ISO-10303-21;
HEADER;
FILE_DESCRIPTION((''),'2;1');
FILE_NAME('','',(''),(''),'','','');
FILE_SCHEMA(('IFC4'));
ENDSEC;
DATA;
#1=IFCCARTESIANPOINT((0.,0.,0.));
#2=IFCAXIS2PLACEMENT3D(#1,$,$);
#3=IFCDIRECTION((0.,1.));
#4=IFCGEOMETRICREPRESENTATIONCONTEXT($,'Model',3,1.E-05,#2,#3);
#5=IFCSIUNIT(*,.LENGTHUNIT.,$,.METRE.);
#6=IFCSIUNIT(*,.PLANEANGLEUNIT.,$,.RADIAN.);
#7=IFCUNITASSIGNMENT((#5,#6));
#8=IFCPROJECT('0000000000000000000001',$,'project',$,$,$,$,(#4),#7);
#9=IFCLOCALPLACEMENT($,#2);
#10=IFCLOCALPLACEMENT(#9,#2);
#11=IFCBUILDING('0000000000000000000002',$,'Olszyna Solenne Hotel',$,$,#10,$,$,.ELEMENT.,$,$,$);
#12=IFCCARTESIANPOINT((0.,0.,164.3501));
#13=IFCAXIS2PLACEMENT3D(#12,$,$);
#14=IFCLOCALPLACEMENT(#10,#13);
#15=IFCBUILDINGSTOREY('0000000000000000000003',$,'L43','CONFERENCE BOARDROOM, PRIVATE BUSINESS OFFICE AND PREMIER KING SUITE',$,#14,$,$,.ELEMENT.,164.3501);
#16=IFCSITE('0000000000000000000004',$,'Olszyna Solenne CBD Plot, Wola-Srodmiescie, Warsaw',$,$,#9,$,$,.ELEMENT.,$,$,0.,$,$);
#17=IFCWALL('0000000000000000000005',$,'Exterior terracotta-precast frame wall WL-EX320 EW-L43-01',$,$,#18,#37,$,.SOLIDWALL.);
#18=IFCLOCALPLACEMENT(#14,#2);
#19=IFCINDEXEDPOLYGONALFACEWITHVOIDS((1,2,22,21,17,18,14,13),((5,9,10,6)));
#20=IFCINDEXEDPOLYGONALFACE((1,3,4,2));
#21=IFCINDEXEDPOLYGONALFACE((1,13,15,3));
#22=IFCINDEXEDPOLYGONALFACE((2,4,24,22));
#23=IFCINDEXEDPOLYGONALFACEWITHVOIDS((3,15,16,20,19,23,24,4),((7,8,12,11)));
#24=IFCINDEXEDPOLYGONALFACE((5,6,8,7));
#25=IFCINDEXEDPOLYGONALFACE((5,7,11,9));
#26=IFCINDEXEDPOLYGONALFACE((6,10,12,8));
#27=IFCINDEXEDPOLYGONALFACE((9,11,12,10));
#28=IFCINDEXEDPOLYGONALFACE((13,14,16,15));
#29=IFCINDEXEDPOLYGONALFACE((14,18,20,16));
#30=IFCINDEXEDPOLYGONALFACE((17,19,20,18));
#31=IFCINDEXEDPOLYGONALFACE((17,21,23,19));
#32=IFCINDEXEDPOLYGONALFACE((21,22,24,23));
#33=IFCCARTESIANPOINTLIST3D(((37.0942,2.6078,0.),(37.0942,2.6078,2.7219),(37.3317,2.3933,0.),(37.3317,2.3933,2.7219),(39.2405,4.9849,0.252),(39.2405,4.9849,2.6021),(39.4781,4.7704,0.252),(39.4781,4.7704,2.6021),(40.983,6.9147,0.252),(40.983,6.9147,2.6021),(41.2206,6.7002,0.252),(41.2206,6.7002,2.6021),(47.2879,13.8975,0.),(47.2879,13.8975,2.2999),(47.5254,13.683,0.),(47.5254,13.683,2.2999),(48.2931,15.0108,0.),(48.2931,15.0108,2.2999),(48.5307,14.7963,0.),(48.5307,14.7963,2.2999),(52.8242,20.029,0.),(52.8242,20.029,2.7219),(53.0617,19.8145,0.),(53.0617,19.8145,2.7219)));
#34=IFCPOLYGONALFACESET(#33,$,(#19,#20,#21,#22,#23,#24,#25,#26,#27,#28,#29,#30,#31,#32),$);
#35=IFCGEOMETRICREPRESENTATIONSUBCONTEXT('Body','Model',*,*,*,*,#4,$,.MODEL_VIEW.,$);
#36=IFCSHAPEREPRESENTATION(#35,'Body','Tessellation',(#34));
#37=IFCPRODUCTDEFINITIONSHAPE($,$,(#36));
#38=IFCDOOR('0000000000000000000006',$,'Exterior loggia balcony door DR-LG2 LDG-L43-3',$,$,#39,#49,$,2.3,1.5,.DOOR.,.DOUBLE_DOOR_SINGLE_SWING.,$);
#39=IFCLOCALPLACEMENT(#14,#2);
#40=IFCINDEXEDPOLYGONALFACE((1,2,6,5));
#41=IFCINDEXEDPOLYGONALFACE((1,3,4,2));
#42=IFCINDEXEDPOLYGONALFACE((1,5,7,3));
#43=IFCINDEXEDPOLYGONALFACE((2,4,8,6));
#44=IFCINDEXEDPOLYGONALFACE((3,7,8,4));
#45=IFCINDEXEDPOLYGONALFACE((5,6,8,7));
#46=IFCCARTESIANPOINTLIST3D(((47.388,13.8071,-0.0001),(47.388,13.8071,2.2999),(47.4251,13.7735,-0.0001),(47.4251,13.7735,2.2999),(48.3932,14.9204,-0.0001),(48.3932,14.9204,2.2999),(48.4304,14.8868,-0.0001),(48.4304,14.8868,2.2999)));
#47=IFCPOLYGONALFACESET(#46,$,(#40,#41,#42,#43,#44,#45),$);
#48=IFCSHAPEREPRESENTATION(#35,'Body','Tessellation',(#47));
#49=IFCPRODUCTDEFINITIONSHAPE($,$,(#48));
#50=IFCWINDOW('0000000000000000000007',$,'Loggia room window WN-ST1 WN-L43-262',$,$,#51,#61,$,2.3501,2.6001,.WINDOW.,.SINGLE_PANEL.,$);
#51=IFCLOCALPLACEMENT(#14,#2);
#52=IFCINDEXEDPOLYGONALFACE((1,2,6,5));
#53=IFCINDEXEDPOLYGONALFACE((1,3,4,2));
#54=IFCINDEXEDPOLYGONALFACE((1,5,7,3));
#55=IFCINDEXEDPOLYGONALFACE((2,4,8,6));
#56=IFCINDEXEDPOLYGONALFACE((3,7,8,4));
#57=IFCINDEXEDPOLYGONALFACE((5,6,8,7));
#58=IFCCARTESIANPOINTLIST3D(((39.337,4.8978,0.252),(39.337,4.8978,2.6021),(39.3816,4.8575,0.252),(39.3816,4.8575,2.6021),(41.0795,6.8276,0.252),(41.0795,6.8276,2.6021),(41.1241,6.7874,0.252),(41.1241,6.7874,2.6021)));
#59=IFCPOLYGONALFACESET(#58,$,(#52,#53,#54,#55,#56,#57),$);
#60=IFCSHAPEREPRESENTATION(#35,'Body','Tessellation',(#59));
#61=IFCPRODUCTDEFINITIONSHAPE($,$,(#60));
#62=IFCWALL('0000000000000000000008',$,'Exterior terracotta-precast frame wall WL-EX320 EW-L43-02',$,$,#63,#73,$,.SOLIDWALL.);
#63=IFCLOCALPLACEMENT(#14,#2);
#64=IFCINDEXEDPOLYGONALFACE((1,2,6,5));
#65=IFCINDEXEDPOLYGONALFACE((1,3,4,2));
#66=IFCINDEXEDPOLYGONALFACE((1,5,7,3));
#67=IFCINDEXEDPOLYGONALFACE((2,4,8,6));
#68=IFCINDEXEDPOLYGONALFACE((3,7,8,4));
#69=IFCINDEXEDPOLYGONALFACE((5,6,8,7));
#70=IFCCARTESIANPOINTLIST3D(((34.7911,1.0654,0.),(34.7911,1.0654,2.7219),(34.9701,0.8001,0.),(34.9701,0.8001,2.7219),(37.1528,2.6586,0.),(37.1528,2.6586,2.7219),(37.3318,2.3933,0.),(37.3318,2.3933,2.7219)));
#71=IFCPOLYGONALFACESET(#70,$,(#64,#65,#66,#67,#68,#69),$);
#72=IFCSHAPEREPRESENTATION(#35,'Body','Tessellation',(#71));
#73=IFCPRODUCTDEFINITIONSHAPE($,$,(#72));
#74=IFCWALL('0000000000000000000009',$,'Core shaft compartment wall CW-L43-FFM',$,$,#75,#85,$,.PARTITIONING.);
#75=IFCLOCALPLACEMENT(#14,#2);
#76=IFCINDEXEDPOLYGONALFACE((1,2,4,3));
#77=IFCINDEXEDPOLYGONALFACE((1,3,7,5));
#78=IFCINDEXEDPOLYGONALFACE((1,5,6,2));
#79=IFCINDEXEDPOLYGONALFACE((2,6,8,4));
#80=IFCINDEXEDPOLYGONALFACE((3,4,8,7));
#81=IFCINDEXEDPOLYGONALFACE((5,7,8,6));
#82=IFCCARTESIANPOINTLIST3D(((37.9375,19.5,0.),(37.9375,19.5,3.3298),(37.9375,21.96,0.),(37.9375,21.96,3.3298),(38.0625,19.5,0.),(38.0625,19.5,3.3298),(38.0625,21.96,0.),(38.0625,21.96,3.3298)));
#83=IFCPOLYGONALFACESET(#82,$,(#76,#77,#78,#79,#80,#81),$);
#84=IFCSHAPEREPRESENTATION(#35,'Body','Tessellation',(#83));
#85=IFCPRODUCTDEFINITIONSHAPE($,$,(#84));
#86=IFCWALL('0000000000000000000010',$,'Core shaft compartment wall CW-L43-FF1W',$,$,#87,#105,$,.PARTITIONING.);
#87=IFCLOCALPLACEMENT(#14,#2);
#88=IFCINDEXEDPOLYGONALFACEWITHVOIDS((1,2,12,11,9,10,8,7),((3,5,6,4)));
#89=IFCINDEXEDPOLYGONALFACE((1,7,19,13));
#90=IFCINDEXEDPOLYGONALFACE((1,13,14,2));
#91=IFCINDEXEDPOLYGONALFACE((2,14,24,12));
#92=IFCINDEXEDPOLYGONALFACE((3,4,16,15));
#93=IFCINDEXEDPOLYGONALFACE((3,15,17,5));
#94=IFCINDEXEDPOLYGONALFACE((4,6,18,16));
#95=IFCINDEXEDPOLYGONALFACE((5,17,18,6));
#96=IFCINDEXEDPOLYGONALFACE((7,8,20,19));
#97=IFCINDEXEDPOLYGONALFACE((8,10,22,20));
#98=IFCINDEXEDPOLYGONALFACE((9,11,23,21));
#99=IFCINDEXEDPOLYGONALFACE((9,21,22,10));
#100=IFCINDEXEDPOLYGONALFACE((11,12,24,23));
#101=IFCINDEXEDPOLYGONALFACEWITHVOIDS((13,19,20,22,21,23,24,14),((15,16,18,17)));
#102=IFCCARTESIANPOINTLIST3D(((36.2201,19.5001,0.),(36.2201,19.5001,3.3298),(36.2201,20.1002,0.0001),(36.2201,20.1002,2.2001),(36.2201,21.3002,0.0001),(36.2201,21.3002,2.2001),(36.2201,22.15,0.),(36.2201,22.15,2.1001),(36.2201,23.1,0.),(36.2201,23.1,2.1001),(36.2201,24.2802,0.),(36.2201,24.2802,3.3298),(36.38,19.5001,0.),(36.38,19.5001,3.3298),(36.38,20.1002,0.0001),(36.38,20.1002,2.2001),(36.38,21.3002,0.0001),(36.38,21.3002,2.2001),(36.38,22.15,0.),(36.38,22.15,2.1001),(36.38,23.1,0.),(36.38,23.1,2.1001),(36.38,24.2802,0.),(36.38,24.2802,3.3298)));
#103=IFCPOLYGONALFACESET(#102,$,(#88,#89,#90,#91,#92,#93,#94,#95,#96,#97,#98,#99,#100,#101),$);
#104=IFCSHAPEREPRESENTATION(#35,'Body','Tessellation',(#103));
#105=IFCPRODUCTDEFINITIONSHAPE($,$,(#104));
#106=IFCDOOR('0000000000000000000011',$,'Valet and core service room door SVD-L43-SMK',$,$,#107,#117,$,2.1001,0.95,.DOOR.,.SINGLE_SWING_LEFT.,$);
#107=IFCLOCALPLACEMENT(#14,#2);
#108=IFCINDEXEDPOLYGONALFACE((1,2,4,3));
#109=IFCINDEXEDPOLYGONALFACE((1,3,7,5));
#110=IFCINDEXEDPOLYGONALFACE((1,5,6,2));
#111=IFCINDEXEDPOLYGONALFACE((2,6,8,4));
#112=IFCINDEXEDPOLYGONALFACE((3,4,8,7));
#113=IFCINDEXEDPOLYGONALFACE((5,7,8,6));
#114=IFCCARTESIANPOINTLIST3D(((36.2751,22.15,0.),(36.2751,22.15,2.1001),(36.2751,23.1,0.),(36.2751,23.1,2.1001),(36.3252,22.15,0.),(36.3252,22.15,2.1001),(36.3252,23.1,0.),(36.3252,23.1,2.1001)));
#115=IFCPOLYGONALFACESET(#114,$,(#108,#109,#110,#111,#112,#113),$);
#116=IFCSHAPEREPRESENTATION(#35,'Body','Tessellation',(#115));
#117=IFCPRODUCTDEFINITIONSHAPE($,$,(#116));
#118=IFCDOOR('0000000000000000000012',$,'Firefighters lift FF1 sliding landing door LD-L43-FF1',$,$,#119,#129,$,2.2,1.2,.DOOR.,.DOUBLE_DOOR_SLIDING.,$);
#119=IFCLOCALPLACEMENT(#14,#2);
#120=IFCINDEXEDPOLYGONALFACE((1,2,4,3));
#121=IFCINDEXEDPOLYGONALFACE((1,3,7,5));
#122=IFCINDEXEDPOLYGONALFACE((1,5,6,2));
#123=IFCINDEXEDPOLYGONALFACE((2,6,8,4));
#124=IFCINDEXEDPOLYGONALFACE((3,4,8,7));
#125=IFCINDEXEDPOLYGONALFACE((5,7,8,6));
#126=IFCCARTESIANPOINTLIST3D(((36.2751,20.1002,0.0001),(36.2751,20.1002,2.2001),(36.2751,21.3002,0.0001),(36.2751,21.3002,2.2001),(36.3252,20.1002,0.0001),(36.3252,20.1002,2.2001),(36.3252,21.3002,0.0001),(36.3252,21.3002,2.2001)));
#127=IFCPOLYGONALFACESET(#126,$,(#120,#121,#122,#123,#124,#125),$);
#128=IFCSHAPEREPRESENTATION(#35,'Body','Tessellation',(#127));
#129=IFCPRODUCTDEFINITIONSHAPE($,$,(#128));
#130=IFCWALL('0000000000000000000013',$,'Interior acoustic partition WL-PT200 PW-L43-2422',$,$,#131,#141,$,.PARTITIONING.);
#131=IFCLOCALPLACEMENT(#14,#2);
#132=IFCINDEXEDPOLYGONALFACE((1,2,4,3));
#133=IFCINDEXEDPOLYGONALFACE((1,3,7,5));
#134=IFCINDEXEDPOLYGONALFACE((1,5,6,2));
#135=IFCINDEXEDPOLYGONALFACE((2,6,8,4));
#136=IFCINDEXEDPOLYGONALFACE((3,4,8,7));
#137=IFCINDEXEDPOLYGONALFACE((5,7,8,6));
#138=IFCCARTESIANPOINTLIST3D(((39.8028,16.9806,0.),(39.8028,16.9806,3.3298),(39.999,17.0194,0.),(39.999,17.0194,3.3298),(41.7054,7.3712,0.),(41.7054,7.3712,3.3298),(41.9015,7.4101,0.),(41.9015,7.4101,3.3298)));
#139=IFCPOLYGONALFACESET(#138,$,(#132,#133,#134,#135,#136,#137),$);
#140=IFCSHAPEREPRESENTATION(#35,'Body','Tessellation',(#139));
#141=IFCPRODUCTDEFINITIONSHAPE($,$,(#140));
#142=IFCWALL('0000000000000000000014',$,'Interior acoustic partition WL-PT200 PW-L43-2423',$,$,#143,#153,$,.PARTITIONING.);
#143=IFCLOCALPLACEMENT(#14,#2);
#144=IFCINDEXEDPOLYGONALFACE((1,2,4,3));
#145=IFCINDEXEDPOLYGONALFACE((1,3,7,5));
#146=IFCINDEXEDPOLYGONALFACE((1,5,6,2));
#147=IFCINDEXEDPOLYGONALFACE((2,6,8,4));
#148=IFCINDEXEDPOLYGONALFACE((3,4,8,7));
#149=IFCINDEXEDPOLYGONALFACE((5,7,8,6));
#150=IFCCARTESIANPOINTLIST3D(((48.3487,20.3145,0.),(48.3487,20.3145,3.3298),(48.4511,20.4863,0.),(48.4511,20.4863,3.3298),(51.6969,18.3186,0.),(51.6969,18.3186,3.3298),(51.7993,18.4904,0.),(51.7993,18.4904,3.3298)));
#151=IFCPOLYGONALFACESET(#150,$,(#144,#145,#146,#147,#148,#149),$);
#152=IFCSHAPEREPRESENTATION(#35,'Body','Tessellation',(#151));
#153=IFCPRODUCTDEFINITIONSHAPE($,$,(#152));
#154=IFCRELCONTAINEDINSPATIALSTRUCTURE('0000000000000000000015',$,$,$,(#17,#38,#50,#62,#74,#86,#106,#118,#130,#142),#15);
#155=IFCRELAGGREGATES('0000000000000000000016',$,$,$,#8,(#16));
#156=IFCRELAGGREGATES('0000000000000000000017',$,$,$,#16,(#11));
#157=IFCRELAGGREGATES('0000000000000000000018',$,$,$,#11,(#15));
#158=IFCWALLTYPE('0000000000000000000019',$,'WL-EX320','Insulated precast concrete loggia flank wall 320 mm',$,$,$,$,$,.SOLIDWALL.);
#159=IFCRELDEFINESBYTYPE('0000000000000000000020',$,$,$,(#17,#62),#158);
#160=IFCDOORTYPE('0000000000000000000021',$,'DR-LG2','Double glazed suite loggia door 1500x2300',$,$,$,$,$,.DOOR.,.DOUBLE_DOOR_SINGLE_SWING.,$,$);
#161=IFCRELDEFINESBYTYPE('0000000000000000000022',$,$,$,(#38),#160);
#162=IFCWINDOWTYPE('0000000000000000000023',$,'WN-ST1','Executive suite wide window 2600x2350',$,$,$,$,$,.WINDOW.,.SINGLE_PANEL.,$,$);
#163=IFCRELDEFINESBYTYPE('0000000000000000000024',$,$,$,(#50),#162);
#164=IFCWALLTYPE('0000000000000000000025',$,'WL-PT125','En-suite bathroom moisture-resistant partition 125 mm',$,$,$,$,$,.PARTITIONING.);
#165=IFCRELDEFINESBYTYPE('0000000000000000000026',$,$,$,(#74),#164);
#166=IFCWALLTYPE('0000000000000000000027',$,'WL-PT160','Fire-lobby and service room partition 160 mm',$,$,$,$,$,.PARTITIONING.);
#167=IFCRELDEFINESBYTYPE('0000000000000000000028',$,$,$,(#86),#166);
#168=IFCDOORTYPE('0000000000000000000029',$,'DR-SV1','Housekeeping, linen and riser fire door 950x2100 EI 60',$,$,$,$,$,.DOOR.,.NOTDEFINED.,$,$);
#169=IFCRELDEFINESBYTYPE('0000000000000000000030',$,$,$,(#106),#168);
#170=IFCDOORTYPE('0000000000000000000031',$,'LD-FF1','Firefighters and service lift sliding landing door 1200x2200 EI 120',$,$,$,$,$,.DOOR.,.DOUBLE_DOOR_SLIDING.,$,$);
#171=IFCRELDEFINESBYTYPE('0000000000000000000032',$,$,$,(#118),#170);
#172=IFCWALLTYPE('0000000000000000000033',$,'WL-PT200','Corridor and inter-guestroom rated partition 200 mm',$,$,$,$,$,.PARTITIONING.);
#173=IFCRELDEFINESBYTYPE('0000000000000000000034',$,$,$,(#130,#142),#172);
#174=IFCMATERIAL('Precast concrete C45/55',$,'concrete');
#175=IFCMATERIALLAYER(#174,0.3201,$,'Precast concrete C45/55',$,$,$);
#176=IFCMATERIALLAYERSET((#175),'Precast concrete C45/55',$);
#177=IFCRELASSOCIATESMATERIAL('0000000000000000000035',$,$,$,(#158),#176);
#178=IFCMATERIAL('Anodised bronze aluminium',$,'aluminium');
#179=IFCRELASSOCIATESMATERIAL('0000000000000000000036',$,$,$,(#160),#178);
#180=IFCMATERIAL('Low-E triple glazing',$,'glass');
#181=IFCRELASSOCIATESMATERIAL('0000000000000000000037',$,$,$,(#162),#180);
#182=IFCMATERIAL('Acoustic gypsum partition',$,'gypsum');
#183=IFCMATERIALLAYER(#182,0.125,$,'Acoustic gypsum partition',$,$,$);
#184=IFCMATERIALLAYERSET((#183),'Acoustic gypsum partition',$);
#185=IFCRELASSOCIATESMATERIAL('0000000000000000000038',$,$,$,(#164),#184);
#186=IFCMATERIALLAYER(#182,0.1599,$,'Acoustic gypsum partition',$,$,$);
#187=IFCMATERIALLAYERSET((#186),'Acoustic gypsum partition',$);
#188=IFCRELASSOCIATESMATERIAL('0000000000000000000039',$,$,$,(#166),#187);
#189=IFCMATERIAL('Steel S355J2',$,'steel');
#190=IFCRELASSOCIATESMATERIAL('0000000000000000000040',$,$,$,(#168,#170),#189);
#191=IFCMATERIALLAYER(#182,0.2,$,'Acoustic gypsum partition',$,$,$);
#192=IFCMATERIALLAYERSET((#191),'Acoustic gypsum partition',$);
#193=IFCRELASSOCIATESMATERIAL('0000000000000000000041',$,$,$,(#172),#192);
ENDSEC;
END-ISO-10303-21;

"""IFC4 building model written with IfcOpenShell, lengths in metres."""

from ifc_helpers import new_model, si_unit, direction, frame, frame_2d, origin, place, context, subcontext, project, spatial, rectangle, extrude, source, transform, mapped, material, layer, layer_set, type_object, type_shapes, element, fill, save


model = new_model("IFC4")

# Units and contexts
model_context = context("Model", 3, precision=1e-05, world=origin(), true_north=direction((0.0, 1.0)))
body_context = subcontext(model_context, "Body", "Model", "MODEL_VIEW")
ifc_project = project(units=[si_unit("LENGTHUNIT", "METRE"), si_unit("PLANEANGLEUNIT", "RADIAN")], contexts=[model_context])

# Site, building, storey
site_placement = place(None, origin())
site = spatial("IfcSite", under=ifc_project, at=site_placement, Name="Olszyna Solenne CBD Plot, Wola-Srodmiescie, Warsaw", CompositionType="ELEMENT", RefElevation=0.0)
building_placement = place(site_placement, origin())
building = spatial("IfcBuilding", under=site, at=building_placement, Name="Olszyna Solenne Hotel", CompositionType="ELEMENT")
storey_placement = place(building_placement, frame((0.0, 0.0, 164.3501)))
storey = spatial("IfcBuildingStorey", under=building, at=storey_placement, Name="L43", Description="CONFERENCE BOARDROOM, PRIVATE BUSINESS OFFICE AND PREMIER KING SUITE", CompositionType="ELEMENT", Elevation=164.3501)

# Shared definitions
ifc_material_1 = material(Name="Steel S355J2", Category="steel")

# Wall, openings, door, window
ifc_material_2 = material(Name="Precast concrete C45/55", Category="concrete")
ifc_layer_1 = layer(ifc_material_2, 0.3201, Name="Precast concrete C45/55")
ifc_layer_set_1 = layer_set([ifc_layer_1], Name="Precast concrete C45/55")
wall_type_1 = type_object("IfcWallType", Name="WL-EX320", Description="Insulated precast concrete loggia flank wall 320 mm", PredefinedType="SOLIDWALL", material=ifc_layer_set_1)
wall_1_placement = place(storey_placement, frame((52.9429, 19.9216, 0.0), z_axis=(0.0, 0.0, 1.0), x_axis=(-0.670163, -0.742214, 0.0)))
wall_1 = element("IfcWall", 1, at=wall_1_placement, inside=storey, type_object=wall_type_1, Name="Exterior terracotta-precast frame wall WL-EX320 EW-L43-01", PredefinedType="SOLIDWALL", context=body_context, shape_type="SweptSolid", body=[
    extrude(rectangle(XDim=23.4719, YDim=0.3201, at=frame_2d((11.7358, 0.0))), origin(), (0.0, 0.0, 1.0), 2.7219),
])
opening_1_placement = place(wall_1_placement, frame((6.761, 0.0, 0.0)))
opening_1 = element("IfcOpeningElement", 2, at=opening_1_placement, cuts=wall_1, PredefinedType="OPENING", context=body_context, shape_type="SweptSolid", body=[
    extrude(rectangle(XDim=1.5, YDim=2.3, at=frame_2d((0.75, 1.1499))), frame((0.0, 0.1699, 0.0), z_axis=(0.0, -1.0, 0.0), x_axis=(1.0, 0.0, 0.0)), (0.0, 0.0, 1.0), 0.3401),
])
opening_2_placement = place(wall_1_placement, frame((17.6689, 0.0, 0.252)))
opening_2 = element("IfcOpeningElement", 3, at=opening_2_placement, cuts=wall_1, PredefinedType="OPENING", context=body_context, shape_type="SweptSolid", body=[
    extrude(rectangle(XDim=2.6001, YDim=2.3501, at=frame_2d((1.3, 1.175))), frame((0.0, 0.1699, 0.0), z_axis=(0.0, -1.0, 0.0), x_axis=(1.0, 0.0, 0.0)), (0.0, 0.0, 1.0), 0.3401),
])
ifc_material_3 = material(Name="Anodised bronze aluminium", Category="aluminium")
door_type_1 = type_object("IfcDoorType", Name="DR-LG2", Description="Double glazed suite loggia door 1500x2300", OperationType="DOUBLE_DOOR_SINGLE_SWING", PredefinedType="DOOR", material=ifc_material_3)
shared_shape_1 = source(origin(), body_context, "Body", "SweptSolid", [
    extrude(rectangle(XDim=1.5, YDim=2.3, at=frame_2d((0.75, 1.1499))), frame((0.0, 0.0249, 0.0), z_axis=(0.0, -1.0, 0.0), x_axis=(1.0, 0.0, 0.0)), (0.0, 0.0, 1.0), 0.05),
])
type_shapes(door_type_1, [shared_shape_1])
door_1_placement = place(opening_1_placement, origin())
door_1 = element("IfcDoor", 4, at=door_1_placement, inside=storey, type_object=door_type_1, Name="Exterior loggia balcony door DR-LG2 LDG-L43-3", OperationType="DOUBLE_DOOR_SINGLE_SWING", OverallHeight=2.3, OverallWidth=1.5, PredefinedType="DOOR", context=body_context, shape_type="MappedRepresentation", body=[
    mapped(shared_shape_1, transform((0.0, 0.0, 0.0), x_axis=(1.0, 0.0, 0.0), y_axis=(0.0, 1.0, 0.0), z_axis=(0.0, 0.0, 1.0), scale=1.0)),
])
fill(opening_1, door_1)
ifc_material_4 = material(Name="Low-E triple glazing", Category="glass")
window_type = type_object("IfcWindowType", Name="WN-ST1", Description="Executive suite wide window 2600x2350", PartitioningType="SINGLE_PANEL", PredefinedType="WINDOW", material=ifc_material_4)
shared_shape_2 = source(origin(), body_context, "Body", "SweptSolid", [
    extrude(rectangle(XDim=2.6001, YDim=2.3501, at=frame_2d((1.3, 1.175))), frame((0.0, 0.03, 0.0), z_axis=(0.0, -1.0, 0.0), x_axis=(1.0, 0.0, 0.0)), (0.0, 0.0, 1.0), 0.0601),
])
type_shapes(window_type, [shared_shape_2])
window_placement = place(opening_2_placement, origin())
window = element("IfcWindow", 5, at=window_placement, inside=storey, type_object=window_type, Name="Loggia room window WN-ST1 WN-L43-262", OverallHeight=2.3501, OverallWidth=2.6001, PartitioningType="SINGLE_PANEL", PredefinedType="WINDOW", context=body_context, shape_type="MappedRepresentation", body=[
    mapped(shared_shape_2, transform((0.0, 0.0, 0.0), x_axis=(1.0, 0.0, 0.0), y_axis=(0.0, 1.0, 0.0), z_axis=(0.0, 0.0, 1.0), scale=1.0)),
])
fill(opening_2, window)

# Walls
wall_2_placement = place(storey_placement, frame((37.2422, 2.5259, 0.0), z_axis=(0.0, 0.0, 1.0), x_axis=(-0.829006, -0.55924, 0.0)))
element("IfcWall", 6, at=wall_2_placement, inside=storey, type_object=wall_type_1, Name="Exterior terracotta-precast frame wall WL-EX320 EW-L43-02", PredefinedType="SOLIDWALL", context=body_context, shape_type="SweptSolid", body=[
    extrude(rectangle(XDim=2.8489, YDim=0.3201, at=frame_2d((1.4243, 0.0))), origin(), (0.0, 0.0, 1.0), 2.7219),
])
ifc_material_5 = material(Name="Acoustic gypsum partition", Category="gypsum")
ifc_layer_2 = layer(ifc_material_5, 0.125, Name="Acoustic gypsum partition")
ifc_layer_set_2 = layer_set([ifc_layer_2], Name="Acoustic gypsum partition")
wall_type_2 = type_object("IfcWallType", Name="WL-PT125", Description="En-suite bathroom moisture-resistant partition 125 mm", PredefinedType="PARTITIONING", material=ifc_layer_set_2)
wall_3_placement = place(storey_placement, frame((38.0, 19.5, 0.0), z_axis=(0.0, 0.0, 1.0), x_axis=(0.0, 1.0, 0.0)))
element("IfcWall", 7, at=wall_3_placement, inside=storey, type_object=wall_type_2, Name="Core shaft compartment wall CW-L43-FFM", PredefinedType="PARTITIONING", context=body_context, shape_type="SweptSolid", body=[
    extrude(rectangle(XDim=2.46, YDim=0.125, at=frame_2d((1.23, 0.0))), origin(), (0.0, 0.0, 1.0), 3.3298),
])

# Wall, openings, doors
ifc_layer_3 = layer(ifc_material_5, 0.1599, Name="Acoustic gypsum partition")
ifc_layer_set_3 = layer_set([ifc_layer_3], Name="Acoustic gypsum partition")
wall_type_3 = type_object("IfcWallType", Name="WL-PT160", Description="Fire-lobby and service room partition 160 mm", PredefinedType="PARTITIONING", material=ifc_layer_set_3)
wall_4_placement = place(storey_placement, frame((36.3, 19.5, 0.0), z_axis=(0.0, 0.0, 1.0), x_axis=(0.0, 1.0, 0.0)))
wall_4 = element("IfcWall", 8, at=wall_4_placement, inside=storey, type_object=wall_type_3, Name="Core shaft compartment wall CW-L43-FF1W", PredefinedType="PARTITIONING", context=body_context, shape_type="SweptSolid", body=[
    extrude(rectangle(XDim=4.78, YDim=0.1599, at=frame_2d((2.3901, 0.0))), origin(), (0.0, 0.0, 1.0), 3.3298),
])
opening_3_placement = place(wall_4_placement, frame((0.6001, 0.0, 0.0)))
opening_3 = element("IfcOpeningElement", 9, at=opening_3_placement, cuts=wall_4, PredefinedType="OPENING", context=body_context, shape_type="SweptSolid", body=[
    extrude(rectangle(XDim=1.2, YDim=2.2, at=frame_2d((0.6001, 1.1001))), frame((0.0, 0.0898, 0.0), z_axis=(0.0, -1.0, 0.0), x_axis=(1.0, 0.0, 0.0)), (0.0, 0.0, 1.0), 0.1799),
])
opening_4_placement = place(wall_4_placement, frame((2.6499, 0.0, 0.0)))
opening_4 = element("IfcOpeningElement", 10, at=opening_4_placement, cuts=wall_4, PredefinedType="OPENING", context=body_context, shape_type="SweptSolid", body=[
    extrude(rectangle(XDim=0.95, YDim=2.1001, at=frame_2d((0.4751, 1.05))), frame((0.0, 0.0898, 0.0), z_axis=(0.0, -1.0, 0.0), x_axis=(1.0, 0.0, 0.0)), (0.0, 0.0, 1.0), 0.1799),
])
door_type_2 = type_object("IfcDoorType", Name="DR-SV1", Description="Housekeeping, linen and riser fire door 950x2100 EI 60", OperationType="NOTDEFINED", PredefinedType="DOOR", material=ifc_material_1)
shared_shape_3 = source(origin(), body_context, "Body", "SweptSolid", [
    extrude(rectangle(XDim=0.95, YDim=2.1001, at=frame_2d((0.4751, 1.05))), frame((0.0, 0.0249, 0.0), z_axis=(0.0, -1.0, 0.0), x_axis=(1.0, 0.0, 0.0)), (0.0, 0.0, 1.0), 0.05),
])
type_shapes(door_type_2, [shared_shape_3])
door_2_placement = place(opening_4_placement, origin())
door_2 = element("IfcDoor", 11, at=door_2_placement, inside=storey, type_object=door_type_2, Name="Valet and core service room door SVD-L43-SMK", OperationType="SINGLE_SWING_LEFT", OverallHeight=2.1001, OverallWidth=0.95, PredefinedType="DOOR", context=body_context, shape_type="MappedRepresentation", body=[
    mapped(shared_shape_3, transform((0.0, 0.0, 0.0), x_axis=(1.0, 0.0, 0.0), y_axis=(0.0, 1.0, 0.0), z_axis=(0.0, 0.0, 1.0), scale=1.0)),
])
fill(opening_4, door_2)
door_type_3 = type_object("IfcDoorType", Name="LD-FF1", Description="Firefighters and service lift sliding landing door 1200x2200 EI 120", OperationType="DOUBLE_DOOR_SLIDING", PredefinedType="DOOR", material=ifc_material_1)
shared_shape_4 = source(origin(), body_context, "Body", "SweptSolid", [
    extrude(rectangle(XDim=1.2, YDim=2.2, at=frame_2d((0.6001, 1.1001))), frame((0.0, 0.0249, 0.0), z_axis=(0.0, -1.0, 0.0), x_axis=(1.0, 0.0, 0.0)), (0.0, 0.0, 1.0), 0.05),
])
type_shapes(door_type_3, [shared_shape_4])
door_3_placement = place(opening_3_placement, origin())
door_3 = element("IfcDoor", 12, at=door_3_placement, inside=storey, type_object=door_type_3, Name="Firefighters lift FF1 sliding landing door LD-L43-FF1", OperationType="DOUBLE_DOOR_SLIDING", OverallHeight=2.2, OverallWidth=1.2, PredefinedType="DOOR", context=body_context, shape_type="MappedRepresentation", body=[
    mapped(shared_shape_4, transform((0.0, 0.0, 0.0), x_axis=(1.0, 0.0, 0.0), y_axis=(0.0, 1.0, 0.0), z_axis=(0.0, 0.0, 1.0), scale=1.0)),
])
fill(opening_3, door_3)

# Walls
ifc_layer_4 = layer(ifc_material_5, 0.2, Name="Acoustic gypsum partition")
ifc_layer_set_4 = layer_set([ifc_layer_4], Name="Acoustic gypsum partition")
wall_type_4 = type_object("IfcWallType", Name="WL-PT200", Description="Corridor and inter-guestroom rated partition 200 mm", PredefinedType="PARTITIONING", material=ifc_layer_set_4)
wall_5_placement = place(storey_placement, frame((39.9009, 17.0, 0.0), z_axis=(0.0, 0.0, 1.0), x_axis=(0.194223, -0.980957, 0.0)))
element("IfcWall", 13, at=wall_5_placement, inside=storey, type_object=wall_type_4, Name="Interior acoustic partition WL-PT200 PW-L43-2422", PredefinedType="PARTITIONING", context=body_context, shape_type="SweptSolid", body=[
    extrude(rectangle(XDim=9.7959, YDim=0.2, at=frame_2d((4.8979, 0.0))), origin(), (0.0, 0.0, 1.0), 3.3298),
])
wall_6_placement = place(storey_placement, frame((48.3999, 20.4004, 0.0), z_axis=(0.0, 0.0, 1.0), x_axis=(0.858965, -0.512034, 0.0)))
element("IfcWall", 14, at=wall_6_placement, inside=storey, type_object=wall_type_4, Name="Interior acoustic partition WL-PT200 PW-L43-2423", PredefinedType="PARTITIONING", context=body_context, shape_type="SweptSolid", body=[
    extrude(rectangle(XDim=3.8979, YDim=0.2, at=frame_2d((1.949, 0.0))), origin(), (0.0, 0.0, 1.0), 3.3298),
])

save(model, "model.ifc")
